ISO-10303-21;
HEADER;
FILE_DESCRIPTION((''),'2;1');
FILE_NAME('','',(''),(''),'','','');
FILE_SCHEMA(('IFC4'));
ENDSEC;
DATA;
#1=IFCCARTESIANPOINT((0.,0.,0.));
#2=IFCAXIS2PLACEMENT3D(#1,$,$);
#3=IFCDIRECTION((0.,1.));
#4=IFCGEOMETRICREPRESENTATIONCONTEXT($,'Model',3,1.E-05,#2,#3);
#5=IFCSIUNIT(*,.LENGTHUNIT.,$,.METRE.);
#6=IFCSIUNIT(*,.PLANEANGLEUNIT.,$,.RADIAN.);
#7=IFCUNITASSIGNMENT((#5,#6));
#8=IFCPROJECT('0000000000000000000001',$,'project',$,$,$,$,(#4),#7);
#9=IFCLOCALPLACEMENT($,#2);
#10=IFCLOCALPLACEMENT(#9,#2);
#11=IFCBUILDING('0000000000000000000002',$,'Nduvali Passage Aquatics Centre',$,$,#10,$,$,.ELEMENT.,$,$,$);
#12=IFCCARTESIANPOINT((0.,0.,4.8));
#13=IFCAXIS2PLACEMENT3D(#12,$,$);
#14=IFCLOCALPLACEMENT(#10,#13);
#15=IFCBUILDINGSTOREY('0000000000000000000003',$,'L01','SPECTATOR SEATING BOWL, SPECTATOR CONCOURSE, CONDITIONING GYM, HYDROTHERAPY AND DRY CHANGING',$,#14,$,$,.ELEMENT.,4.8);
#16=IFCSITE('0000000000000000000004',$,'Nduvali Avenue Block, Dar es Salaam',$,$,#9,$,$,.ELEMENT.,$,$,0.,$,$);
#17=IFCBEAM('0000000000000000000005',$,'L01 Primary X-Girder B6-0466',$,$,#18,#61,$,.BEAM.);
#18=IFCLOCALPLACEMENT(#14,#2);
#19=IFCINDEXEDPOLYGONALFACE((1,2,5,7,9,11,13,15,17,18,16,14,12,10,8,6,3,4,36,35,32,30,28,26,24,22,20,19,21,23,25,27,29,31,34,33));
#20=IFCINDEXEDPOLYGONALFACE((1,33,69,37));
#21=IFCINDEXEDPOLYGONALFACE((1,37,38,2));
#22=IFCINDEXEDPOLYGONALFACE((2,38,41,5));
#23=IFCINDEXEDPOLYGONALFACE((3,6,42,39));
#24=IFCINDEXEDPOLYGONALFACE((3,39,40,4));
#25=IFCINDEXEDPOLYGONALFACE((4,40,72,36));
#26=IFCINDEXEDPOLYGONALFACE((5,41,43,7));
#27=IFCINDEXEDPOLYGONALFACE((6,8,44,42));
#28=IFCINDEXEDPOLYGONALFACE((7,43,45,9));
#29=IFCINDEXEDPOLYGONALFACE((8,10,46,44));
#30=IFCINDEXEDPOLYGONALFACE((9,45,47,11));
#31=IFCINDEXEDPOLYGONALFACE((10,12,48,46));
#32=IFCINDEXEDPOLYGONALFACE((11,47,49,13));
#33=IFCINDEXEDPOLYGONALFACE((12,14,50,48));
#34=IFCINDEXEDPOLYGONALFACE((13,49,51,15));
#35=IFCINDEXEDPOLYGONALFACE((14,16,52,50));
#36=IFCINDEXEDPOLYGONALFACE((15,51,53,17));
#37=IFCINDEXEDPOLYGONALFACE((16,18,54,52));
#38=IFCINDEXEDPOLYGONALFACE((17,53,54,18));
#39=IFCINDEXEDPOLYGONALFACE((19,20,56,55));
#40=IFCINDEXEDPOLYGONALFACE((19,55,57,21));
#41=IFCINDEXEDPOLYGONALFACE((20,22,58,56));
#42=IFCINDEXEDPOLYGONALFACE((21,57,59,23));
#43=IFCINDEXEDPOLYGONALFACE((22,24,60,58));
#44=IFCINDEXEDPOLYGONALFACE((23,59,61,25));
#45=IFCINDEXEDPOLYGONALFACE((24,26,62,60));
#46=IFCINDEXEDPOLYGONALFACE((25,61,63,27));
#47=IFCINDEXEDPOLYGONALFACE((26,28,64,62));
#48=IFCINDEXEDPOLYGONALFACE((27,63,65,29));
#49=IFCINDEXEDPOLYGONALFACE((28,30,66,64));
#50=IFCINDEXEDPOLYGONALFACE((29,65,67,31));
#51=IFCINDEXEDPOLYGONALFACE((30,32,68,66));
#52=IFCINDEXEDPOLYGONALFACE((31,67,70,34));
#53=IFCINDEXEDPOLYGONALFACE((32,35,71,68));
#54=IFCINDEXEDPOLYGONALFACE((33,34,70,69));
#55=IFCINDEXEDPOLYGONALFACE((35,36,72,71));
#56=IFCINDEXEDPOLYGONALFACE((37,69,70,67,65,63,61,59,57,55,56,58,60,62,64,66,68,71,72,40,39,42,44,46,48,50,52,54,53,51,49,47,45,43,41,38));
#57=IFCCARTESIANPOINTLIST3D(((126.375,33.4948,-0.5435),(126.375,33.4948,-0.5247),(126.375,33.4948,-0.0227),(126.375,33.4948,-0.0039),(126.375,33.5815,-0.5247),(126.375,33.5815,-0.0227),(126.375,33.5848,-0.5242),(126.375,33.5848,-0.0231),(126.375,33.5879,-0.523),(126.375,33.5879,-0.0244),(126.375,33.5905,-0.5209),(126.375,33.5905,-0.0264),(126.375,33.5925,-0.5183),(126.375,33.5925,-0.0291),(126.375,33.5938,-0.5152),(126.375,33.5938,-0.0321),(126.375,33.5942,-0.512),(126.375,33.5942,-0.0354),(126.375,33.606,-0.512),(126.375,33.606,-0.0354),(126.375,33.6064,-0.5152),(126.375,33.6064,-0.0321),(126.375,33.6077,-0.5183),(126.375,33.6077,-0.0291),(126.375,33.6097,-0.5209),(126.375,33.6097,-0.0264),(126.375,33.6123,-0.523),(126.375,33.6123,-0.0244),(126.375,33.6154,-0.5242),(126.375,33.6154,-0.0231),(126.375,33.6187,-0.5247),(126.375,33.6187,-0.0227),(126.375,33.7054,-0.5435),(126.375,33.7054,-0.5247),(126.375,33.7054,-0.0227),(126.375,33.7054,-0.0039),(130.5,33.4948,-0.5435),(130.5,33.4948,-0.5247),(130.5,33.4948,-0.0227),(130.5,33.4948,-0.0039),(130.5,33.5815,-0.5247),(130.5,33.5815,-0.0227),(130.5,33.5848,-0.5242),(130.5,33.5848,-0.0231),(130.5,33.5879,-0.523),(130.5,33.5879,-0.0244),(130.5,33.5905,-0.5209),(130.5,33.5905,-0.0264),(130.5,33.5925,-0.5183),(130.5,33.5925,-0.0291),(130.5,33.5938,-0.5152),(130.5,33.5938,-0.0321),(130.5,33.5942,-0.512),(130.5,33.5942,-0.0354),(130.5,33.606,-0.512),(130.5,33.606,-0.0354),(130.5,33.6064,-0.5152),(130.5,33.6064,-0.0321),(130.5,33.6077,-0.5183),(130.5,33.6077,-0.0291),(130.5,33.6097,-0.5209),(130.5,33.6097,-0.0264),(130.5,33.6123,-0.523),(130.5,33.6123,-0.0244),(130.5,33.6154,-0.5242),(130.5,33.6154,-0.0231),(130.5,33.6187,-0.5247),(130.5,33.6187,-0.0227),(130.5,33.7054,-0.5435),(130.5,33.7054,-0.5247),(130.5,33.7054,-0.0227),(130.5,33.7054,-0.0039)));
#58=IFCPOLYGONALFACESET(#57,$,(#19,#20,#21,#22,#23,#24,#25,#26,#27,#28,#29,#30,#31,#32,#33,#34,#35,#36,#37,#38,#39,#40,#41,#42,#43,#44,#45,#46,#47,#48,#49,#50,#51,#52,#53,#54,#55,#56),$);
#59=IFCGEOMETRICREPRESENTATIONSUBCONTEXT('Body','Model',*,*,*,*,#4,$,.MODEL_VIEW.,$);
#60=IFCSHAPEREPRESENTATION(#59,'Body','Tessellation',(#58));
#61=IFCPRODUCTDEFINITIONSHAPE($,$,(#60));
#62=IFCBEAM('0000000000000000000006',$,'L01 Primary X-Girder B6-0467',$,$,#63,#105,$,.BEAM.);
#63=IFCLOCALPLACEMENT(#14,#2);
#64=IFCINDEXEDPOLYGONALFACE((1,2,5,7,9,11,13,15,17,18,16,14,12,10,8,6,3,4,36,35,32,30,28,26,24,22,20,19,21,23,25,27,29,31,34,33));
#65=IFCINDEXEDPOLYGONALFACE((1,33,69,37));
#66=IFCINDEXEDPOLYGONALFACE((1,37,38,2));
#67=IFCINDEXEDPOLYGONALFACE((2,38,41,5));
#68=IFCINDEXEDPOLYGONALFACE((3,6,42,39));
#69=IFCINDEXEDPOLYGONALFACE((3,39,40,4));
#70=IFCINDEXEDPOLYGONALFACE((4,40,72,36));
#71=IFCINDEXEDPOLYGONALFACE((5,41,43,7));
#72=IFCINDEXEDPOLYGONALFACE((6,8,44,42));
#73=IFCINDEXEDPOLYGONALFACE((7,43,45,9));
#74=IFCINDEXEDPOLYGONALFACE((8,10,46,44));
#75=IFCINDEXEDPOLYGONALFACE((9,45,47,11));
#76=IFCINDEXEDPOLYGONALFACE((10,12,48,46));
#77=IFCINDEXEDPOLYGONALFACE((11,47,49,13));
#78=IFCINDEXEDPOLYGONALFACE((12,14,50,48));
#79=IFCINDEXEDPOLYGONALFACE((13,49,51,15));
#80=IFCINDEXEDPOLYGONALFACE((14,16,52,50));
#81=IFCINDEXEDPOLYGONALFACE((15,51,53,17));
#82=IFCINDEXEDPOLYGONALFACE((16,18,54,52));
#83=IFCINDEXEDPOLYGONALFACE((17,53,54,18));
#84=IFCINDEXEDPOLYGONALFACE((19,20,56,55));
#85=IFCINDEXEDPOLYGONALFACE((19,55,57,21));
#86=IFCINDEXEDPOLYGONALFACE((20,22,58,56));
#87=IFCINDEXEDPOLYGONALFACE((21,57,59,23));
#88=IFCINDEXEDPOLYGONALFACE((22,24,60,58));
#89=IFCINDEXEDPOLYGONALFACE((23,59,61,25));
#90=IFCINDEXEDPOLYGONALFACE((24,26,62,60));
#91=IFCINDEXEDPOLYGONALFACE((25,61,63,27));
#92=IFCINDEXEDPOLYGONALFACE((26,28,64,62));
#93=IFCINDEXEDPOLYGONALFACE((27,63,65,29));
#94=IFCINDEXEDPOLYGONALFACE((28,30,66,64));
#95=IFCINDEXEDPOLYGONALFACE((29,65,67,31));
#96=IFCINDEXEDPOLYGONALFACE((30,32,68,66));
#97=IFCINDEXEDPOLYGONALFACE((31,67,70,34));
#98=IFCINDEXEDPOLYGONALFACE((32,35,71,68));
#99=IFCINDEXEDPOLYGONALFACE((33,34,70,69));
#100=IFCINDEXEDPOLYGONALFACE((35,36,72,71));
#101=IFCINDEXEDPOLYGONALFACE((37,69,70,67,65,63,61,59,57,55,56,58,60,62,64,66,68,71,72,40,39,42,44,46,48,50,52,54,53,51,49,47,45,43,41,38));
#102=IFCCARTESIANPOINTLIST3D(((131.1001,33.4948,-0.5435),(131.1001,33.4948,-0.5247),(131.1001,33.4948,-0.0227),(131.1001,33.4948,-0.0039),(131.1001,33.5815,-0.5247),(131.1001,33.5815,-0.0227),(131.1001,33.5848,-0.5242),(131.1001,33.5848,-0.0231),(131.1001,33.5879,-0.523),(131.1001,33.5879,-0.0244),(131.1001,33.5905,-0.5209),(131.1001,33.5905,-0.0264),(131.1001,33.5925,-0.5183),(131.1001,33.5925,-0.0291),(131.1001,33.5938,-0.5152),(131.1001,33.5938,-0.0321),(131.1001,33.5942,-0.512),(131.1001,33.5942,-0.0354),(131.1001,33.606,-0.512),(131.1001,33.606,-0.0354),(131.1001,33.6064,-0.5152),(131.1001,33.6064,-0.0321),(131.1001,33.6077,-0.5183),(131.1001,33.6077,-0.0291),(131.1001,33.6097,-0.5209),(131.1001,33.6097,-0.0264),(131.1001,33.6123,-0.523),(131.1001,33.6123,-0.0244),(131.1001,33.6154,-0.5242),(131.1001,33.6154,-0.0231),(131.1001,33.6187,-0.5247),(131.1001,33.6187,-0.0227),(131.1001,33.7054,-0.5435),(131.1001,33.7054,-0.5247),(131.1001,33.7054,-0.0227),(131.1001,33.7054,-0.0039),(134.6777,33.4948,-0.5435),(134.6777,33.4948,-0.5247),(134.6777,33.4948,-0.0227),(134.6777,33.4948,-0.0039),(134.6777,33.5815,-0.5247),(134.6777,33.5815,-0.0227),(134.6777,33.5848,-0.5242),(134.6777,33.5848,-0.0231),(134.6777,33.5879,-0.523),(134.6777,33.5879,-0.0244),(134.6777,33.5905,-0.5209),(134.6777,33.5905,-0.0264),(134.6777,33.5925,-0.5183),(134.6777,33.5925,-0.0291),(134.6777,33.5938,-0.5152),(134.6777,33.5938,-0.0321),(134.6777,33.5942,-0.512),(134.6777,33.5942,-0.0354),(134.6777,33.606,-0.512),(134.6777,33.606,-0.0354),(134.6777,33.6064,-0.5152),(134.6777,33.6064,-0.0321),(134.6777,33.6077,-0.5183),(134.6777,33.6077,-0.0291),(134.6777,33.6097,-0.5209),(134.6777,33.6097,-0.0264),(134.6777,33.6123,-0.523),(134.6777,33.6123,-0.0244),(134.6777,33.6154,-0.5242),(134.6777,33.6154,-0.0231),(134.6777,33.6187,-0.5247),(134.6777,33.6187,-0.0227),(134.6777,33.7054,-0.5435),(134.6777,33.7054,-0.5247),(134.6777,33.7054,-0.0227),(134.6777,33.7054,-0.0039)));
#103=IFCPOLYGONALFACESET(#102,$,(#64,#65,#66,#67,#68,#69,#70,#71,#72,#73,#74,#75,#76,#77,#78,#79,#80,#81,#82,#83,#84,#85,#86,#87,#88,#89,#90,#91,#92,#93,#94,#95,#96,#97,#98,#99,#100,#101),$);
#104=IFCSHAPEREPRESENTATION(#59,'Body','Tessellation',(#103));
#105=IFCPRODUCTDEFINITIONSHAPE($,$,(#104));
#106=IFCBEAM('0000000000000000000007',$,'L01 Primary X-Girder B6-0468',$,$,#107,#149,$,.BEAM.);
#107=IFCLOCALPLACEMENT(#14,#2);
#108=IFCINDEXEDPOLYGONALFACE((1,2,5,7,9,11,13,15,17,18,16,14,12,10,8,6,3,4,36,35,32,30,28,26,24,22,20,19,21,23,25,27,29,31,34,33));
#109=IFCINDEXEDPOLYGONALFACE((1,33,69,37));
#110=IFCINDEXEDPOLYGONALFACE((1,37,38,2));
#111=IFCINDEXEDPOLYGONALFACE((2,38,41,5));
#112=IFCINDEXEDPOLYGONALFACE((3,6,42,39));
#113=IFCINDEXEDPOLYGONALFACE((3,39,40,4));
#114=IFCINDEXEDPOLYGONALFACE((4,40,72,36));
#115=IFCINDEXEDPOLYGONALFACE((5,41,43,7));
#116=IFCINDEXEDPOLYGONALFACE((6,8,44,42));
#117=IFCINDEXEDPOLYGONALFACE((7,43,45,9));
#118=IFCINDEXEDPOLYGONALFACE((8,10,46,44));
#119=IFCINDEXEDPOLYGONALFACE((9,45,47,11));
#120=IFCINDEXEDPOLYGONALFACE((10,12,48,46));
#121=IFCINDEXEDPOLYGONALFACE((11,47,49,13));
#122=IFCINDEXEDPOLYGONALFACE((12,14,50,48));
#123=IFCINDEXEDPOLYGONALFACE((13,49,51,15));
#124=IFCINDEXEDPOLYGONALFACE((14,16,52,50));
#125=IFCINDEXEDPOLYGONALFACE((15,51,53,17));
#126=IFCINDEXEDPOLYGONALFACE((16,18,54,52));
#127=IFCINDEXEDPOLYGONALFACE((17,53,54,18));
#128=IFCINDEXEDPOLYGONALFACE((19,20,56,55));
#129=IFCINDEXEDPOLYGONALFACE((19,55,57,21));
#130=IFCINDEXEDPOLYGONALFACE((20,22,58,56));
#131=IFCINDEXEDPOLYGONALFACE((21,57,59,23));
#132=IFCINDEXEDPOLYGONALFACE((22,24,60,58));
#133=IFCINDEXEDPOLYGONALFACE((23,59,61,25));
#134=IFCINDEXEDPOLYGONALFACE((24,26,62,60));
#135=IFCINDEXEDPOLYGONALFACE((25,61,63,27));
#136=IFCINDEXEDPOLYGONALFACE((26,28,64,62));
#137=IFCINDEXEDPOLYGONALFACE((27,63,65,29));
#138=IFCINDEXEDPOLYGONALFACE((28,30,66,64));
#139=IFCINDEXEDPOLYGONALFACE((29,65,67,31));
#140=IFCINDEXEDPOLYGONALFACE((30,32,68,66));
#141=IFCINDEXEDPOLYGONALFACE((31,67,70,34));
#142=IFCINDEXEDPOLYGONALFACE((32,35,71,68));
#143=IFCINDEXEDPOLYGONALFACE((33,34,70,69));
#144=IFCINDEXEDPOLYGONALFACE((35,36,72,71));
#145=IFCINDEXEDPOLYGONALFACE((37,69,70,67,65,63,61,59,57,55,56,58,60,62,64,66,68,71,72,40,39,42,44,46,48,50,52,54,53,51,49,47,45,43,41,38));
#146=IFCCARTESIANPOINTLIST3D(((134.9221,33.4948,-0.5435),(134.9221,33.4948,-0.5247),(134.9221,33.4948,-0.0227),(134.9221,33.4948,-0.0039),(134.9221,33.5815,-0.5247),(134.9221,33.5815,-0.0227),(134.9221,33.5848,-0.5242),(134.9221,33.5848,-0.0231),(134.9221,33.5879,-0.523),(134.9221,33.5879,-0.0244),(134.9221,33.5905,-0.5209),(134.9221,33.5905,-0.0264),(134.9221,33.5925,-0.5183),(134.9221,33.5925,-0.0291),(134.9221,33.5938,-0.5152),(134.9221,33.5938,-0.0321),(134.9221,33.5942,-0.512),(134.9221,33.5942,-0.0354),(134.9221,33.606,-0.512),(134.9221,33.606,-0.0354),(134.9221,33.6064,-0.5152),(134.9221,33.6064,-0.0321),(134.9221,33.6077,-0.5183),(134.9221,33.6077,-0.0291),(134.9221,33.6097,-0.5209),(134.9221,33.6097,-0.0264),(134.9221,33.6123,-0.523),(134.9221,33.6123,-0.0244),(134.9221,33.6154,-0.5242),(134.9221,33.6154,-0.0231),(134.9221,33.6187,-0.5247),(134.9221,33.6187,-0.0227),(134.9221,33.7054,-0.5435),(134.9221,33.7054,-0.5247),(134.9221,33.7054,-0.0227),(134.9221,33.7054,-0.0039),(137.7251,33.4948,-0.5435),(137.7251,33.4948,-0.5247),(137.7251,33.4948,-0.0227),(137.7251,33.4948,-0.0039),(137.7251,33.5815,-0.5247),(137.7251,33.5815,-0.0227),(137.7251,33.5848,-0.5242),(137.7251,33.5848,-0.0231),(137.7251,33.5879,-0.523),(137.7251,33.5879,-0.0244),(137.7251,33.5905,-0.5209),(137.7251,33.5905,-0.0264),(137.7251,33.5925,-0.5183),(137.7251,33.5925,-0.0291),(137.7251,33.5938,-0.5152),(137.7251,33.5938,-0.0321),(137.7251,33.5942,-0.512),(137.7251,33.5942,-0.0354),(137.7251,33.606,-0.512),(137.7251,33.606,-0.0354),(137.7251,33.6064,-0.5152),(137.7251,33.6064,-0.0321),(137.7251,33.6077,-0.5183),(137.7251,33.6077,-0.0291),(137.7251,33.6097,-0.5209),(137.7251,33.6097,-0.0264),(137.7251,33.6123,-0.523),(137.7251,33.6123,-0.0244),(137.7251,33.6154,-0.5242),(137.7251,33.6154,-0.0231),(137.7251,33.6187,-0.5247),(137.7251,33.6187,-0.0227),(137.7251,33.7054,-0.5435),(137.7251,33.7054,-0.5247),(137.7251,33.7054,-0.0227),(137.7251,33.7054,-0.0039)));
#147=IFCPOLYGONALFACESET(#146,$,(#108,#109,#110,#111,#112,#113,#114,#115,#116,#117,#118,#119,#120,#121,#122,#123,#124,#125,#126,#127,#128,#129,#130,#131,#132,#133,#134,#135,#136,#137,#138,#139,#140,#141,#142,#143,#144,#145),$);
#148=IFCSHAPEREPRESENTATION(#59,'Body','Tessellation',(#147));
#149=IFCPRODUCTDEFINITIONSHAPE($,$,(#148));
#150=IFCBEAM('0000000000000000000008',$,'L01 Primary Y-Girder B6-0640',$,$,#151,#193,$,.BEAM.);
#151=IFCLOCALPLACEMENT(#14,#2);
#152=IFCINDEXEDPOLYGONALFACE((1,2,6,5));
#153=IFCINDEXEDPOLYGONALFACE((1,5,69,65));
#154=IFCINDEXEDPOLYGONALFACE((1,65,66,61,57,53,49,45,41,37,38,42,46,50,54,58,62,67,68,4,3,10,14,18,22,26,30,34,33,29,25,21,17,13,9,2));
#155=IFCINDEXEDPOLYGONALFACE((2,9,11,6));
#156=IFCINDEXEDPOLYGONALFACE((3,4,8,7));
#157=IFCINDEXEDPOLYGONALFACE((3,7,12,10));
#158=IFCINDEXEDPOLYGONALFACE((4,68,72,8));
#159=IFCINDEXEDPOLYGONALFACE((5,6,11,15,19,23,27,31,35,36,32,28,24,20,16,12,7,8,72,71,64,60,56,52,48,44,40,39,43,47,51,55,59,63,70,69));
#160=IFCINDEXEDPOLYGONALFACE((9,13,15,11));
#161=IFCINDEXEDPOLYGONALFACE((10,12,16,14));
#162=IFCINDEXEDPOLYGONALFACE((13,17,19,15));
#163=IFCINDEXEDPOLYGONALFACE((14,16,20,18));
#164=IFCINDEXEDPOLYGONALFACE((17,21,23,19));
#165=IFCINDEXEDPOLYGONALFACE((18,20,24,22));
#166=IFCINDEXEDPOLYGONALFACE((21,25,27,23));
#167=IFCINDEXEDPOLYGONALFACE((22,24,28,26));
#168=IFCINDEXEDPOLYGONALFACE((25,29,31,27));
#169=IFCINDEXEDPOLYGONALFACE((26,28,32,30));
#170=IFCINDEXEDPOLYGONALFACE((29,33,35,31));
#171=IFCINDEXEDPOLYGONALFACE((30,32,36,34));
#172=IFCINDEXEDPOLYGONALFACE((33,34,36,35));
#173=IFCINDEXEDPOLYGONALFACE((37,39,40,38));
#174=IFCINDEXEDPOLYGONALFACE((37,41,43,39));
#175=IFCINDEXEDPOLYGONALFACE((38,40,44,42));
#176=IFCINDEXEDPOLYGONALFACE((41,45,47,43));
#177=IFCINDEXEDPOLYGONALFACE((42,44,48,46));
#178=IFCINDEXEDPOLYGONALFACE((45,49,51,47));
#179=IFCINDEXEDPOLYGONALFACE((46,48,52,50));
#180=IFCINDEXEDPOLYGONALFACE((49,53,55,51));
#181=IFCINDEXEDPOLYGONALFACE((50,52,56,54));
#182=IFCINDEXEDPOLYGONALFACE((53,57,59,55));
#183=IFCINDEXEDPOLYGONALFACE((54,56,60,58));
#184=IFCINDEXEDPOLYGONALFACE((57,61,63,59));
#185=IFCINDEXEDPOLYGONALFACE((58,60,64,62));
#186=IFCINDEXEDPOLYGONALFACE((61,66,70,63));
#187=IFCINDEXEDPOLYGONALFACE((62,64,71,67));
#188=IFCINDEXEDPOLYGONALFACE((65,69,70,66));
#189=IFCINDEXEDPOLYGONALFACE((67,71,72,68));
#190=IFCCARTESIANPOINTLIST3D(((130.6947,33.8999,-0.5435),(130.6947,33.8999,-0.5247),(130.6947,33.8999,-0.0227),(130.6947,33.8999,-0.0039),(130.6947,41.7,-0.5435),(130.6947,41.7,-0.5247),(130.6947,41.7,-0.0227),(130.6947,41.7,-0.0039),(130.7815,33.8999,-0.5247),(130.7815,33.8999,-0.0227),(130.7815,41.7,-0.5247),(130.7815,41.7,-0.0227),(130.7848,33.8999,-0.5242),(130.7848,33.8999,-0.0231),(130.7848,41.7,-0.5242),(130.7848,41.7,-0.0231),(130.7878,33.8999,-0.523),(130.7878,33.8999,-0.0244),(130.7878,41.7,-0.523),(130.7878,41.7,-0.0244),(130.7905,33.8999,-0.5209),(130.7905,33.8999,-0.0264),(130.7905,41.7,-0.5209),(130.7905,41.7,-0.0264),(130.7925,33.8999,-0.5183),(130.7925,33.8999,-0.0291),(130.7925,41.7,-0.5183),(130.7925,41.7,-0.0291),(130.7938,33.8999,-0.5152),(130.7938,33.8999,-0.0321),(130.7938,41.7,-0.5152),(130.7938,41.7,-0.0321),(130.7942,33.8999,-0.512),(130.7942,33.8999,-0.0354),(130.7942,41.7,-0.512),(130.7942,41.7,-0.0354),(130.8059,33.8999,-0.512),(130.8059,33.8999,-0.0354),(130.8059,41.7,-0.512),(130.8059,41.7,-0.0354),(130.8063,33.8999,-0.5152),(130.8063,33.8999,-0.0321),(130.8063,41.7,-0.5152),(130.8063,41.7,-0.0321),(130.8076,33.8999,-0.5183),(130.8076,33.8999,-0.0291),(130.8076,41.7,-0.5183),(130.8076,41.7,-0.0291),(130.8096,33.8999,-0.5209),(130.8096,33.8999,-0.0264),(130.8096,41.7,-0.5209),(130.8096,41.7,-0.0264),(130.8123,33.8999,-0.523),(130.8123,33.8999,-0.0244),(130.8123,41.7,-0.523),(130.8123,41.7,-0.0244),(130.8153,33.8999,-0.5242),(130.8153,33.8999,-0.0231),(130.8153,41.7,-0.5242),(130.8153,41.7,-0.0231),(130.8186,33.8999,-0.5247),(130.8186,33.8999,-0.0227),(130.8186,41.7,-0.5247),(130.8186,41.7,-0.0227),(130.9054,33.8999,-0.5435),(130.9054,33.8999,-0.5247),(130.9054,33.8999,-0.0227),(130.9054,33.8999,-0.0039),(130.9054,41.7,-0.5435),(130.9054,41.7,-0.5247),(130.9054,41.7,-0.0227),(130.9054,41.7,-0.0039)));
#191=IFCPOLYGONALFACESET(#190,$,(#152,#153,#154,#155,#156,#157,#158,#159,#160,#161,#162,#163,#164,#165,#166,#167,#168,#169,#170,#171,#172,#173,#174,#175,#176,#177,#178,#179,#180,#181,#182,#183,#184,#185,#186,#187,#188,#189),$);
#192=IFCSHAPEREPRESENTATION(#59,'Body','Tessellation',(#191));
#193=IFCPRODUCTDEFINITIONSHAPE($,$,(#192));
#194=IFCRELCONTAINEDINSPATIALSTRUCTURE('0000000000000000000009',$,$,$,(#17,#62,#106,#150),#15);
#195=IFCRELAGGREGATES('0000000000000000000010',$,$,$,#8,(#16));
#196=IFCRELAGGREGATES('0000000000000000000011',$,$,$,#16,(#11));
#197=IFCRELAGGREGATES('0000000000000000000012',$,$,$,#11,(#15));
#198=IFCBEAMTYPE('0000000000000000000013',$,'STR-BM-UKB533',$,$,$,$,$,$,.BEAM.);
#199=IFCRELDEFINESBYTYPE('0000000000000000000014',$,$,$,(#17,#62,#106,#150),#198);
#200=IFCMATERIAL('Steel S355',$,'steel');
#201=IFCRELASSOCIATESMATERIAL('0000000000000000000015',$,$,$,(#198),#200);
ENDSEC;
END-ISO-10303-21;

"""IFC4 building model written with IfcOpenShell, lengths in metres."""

from ifc_helpers import new_model, si_unit, direction, frame, origin, origin_2d, place, context, subcontext, project, spatial, i_section, extrude, material, material_profile, profile_set, type_object, element, save


model = new_model("IFC4")

# Units and contexts
model_context = context("Model", 3, precision=1e-05, world=origin(), true_north=direction((0.0, 1.0)))
body_context = subcontext(model_context, "Body", "Model", "MODEL_VIEW")
ifc_project = project(units=[si_unit("LENGTHUNIT", "METRE"), si_unit("PLANEANGLEUNIT", "RADIAN")], contexts=[model_context])

# Site, building, storey
site_placement = place(None, origin())
site = spatial("IfcSite", under=ifc_project, at=site_placement, Name="Nduvali Avenue Block, Dar es Salaam", CompositionType="ELEMENT", RefElevation=0.0)
building_placement = place(site_placement, origin())
building = spatial("IfcBuilding", under=site, at=building_placement, Name="Nduvali Passage Aquatics Centre", CompositionType="ELEMENT")
storey_placement = place(building_placement, frame((0.0, 0.0, 4.8)))
storey = spatial("IfcBuildingStorey", under=building, at=storey_placement, Name="L01", Description="SPECTATOR SEATING BOWL, SPECTATOR CONCOURSE, CONDITIONING GYM, HYDROTHERAPY AND DRY CHANGING", CompositionType="ELEMENT", Elevation=4.8)

# Beams
ifc_material_1 = material(Name="Steel S355", Category="steel")
ifc_material_profile_1 = material_profile(ifc_material_1, i_section(OverallWidth=0.2107, OverallDepth=0.5396, WebThickness=0.0117, FlangeThickness=0.0188, FilletRadius=0.0127, at=origin_2d()), Name="UKB 533x210x109")
ifc_profile_set_1 = profile_set([ifc_material_profile_1], Name="Steel S355")
beam_type_1 = type_object("IfcBeamType", Name="STR-BM-UKB533", PredefinedType="BEAM", material=ifc_profile_set_1)
beam_1_placement = place(storey_placement, frame((126.375, 33.6001, -0.2737), z_axis=(1.0, 0.0, 0.0), x_axis=(0.0, 1.0, 0.0)))
element("IfcBeam", 1, at=beam_1_placement, inside=storey, type_object=beam_type_1, Name="L01 Primary X-Girder B6-0466", PredefinedType="BEAM", context=body_context, shape_type="SweptSolid", body=[
    extrude(i_section(OverallWidth=0.2107, OverallDepth=0.5396, WebThickness=0.0117, FlangeThickness=0.0188, FilletRadius=0.0127, at=origin_2d()), origin(), (0.0, 0.0, 1.0), 4.125),
])
beam_2_placement = place(storey_placement, frame((131.1001, 33.6001, -0.2737), z_axis=(1.0, 0.0, 0.0), x_axis=(0.0, 1.0, 0.0)))
element("IfcBeam", 2, at=beam_2_placement, inside=storey, type_object=beam_type_1, Name="L01 Primary X-Girder B6-0467", PredefinedType="BEAM", context=body_context, shape_type="SweptSolid", body=[
    extrude(i_section(OverallWidth=0.2107, OverallDepth=0.5396, WebThickness=0.0117, FlangeThickness=0.0188, FilletRadius=0.0127, at=origin_2d()), origin(), (0.0, 0.0, 1.0), 3.5776),
])
beam_3_placement = place(storey_placement, frame((134.9221, 33.6001, -0.2737), z_axis=(1.0, 0.0, 0.0), x_axis=(0.0, 1.0, 0.0)))
element("IfcBeam", 3, at=beam_3_placement, inside=storey, type_object=beam_type_1, Name="L01 Primary X-Girder B6-0468", PredefinedType="BEAM", context=body_context, shape_type="SweptSolid", body=[
    extrude(i_section(OverallWidth=0.2107, OverallDepth=0.5396, WebThickness=0.0117, FlangeThickness=0.0188, FilletRadius=0.0127, at=origin_2d()), origin(), (0.0, 0.0, 1.0), 2.803),
])
beam_4_placement = place(storey_placement, frame((130.8, 33.8999, -0.2737), z_axis=(0.0, 1.0, 0.0), x_axis=(-1.0, 0.0, 0.0)))
element("IfcBeam", 4, at=beam_4_placement, inside=storey, type_object=beam_type_1, Name="L01 Primary Y-Girder B6-0640", PredefinedType="BEAM", context=body_context, shape_type="SweptSolid", body=[
    extrude(i_section(OverallWidth=0.2107, OverallDepth=0.5396, WebThickness=0.0117, FlangeThickness=0.0188, FilletRadius=0.0127, at=origin_2d()), origin(), (0.0, 0.0, 1.0), 7.8),
])

save(model, "model.ifc")
